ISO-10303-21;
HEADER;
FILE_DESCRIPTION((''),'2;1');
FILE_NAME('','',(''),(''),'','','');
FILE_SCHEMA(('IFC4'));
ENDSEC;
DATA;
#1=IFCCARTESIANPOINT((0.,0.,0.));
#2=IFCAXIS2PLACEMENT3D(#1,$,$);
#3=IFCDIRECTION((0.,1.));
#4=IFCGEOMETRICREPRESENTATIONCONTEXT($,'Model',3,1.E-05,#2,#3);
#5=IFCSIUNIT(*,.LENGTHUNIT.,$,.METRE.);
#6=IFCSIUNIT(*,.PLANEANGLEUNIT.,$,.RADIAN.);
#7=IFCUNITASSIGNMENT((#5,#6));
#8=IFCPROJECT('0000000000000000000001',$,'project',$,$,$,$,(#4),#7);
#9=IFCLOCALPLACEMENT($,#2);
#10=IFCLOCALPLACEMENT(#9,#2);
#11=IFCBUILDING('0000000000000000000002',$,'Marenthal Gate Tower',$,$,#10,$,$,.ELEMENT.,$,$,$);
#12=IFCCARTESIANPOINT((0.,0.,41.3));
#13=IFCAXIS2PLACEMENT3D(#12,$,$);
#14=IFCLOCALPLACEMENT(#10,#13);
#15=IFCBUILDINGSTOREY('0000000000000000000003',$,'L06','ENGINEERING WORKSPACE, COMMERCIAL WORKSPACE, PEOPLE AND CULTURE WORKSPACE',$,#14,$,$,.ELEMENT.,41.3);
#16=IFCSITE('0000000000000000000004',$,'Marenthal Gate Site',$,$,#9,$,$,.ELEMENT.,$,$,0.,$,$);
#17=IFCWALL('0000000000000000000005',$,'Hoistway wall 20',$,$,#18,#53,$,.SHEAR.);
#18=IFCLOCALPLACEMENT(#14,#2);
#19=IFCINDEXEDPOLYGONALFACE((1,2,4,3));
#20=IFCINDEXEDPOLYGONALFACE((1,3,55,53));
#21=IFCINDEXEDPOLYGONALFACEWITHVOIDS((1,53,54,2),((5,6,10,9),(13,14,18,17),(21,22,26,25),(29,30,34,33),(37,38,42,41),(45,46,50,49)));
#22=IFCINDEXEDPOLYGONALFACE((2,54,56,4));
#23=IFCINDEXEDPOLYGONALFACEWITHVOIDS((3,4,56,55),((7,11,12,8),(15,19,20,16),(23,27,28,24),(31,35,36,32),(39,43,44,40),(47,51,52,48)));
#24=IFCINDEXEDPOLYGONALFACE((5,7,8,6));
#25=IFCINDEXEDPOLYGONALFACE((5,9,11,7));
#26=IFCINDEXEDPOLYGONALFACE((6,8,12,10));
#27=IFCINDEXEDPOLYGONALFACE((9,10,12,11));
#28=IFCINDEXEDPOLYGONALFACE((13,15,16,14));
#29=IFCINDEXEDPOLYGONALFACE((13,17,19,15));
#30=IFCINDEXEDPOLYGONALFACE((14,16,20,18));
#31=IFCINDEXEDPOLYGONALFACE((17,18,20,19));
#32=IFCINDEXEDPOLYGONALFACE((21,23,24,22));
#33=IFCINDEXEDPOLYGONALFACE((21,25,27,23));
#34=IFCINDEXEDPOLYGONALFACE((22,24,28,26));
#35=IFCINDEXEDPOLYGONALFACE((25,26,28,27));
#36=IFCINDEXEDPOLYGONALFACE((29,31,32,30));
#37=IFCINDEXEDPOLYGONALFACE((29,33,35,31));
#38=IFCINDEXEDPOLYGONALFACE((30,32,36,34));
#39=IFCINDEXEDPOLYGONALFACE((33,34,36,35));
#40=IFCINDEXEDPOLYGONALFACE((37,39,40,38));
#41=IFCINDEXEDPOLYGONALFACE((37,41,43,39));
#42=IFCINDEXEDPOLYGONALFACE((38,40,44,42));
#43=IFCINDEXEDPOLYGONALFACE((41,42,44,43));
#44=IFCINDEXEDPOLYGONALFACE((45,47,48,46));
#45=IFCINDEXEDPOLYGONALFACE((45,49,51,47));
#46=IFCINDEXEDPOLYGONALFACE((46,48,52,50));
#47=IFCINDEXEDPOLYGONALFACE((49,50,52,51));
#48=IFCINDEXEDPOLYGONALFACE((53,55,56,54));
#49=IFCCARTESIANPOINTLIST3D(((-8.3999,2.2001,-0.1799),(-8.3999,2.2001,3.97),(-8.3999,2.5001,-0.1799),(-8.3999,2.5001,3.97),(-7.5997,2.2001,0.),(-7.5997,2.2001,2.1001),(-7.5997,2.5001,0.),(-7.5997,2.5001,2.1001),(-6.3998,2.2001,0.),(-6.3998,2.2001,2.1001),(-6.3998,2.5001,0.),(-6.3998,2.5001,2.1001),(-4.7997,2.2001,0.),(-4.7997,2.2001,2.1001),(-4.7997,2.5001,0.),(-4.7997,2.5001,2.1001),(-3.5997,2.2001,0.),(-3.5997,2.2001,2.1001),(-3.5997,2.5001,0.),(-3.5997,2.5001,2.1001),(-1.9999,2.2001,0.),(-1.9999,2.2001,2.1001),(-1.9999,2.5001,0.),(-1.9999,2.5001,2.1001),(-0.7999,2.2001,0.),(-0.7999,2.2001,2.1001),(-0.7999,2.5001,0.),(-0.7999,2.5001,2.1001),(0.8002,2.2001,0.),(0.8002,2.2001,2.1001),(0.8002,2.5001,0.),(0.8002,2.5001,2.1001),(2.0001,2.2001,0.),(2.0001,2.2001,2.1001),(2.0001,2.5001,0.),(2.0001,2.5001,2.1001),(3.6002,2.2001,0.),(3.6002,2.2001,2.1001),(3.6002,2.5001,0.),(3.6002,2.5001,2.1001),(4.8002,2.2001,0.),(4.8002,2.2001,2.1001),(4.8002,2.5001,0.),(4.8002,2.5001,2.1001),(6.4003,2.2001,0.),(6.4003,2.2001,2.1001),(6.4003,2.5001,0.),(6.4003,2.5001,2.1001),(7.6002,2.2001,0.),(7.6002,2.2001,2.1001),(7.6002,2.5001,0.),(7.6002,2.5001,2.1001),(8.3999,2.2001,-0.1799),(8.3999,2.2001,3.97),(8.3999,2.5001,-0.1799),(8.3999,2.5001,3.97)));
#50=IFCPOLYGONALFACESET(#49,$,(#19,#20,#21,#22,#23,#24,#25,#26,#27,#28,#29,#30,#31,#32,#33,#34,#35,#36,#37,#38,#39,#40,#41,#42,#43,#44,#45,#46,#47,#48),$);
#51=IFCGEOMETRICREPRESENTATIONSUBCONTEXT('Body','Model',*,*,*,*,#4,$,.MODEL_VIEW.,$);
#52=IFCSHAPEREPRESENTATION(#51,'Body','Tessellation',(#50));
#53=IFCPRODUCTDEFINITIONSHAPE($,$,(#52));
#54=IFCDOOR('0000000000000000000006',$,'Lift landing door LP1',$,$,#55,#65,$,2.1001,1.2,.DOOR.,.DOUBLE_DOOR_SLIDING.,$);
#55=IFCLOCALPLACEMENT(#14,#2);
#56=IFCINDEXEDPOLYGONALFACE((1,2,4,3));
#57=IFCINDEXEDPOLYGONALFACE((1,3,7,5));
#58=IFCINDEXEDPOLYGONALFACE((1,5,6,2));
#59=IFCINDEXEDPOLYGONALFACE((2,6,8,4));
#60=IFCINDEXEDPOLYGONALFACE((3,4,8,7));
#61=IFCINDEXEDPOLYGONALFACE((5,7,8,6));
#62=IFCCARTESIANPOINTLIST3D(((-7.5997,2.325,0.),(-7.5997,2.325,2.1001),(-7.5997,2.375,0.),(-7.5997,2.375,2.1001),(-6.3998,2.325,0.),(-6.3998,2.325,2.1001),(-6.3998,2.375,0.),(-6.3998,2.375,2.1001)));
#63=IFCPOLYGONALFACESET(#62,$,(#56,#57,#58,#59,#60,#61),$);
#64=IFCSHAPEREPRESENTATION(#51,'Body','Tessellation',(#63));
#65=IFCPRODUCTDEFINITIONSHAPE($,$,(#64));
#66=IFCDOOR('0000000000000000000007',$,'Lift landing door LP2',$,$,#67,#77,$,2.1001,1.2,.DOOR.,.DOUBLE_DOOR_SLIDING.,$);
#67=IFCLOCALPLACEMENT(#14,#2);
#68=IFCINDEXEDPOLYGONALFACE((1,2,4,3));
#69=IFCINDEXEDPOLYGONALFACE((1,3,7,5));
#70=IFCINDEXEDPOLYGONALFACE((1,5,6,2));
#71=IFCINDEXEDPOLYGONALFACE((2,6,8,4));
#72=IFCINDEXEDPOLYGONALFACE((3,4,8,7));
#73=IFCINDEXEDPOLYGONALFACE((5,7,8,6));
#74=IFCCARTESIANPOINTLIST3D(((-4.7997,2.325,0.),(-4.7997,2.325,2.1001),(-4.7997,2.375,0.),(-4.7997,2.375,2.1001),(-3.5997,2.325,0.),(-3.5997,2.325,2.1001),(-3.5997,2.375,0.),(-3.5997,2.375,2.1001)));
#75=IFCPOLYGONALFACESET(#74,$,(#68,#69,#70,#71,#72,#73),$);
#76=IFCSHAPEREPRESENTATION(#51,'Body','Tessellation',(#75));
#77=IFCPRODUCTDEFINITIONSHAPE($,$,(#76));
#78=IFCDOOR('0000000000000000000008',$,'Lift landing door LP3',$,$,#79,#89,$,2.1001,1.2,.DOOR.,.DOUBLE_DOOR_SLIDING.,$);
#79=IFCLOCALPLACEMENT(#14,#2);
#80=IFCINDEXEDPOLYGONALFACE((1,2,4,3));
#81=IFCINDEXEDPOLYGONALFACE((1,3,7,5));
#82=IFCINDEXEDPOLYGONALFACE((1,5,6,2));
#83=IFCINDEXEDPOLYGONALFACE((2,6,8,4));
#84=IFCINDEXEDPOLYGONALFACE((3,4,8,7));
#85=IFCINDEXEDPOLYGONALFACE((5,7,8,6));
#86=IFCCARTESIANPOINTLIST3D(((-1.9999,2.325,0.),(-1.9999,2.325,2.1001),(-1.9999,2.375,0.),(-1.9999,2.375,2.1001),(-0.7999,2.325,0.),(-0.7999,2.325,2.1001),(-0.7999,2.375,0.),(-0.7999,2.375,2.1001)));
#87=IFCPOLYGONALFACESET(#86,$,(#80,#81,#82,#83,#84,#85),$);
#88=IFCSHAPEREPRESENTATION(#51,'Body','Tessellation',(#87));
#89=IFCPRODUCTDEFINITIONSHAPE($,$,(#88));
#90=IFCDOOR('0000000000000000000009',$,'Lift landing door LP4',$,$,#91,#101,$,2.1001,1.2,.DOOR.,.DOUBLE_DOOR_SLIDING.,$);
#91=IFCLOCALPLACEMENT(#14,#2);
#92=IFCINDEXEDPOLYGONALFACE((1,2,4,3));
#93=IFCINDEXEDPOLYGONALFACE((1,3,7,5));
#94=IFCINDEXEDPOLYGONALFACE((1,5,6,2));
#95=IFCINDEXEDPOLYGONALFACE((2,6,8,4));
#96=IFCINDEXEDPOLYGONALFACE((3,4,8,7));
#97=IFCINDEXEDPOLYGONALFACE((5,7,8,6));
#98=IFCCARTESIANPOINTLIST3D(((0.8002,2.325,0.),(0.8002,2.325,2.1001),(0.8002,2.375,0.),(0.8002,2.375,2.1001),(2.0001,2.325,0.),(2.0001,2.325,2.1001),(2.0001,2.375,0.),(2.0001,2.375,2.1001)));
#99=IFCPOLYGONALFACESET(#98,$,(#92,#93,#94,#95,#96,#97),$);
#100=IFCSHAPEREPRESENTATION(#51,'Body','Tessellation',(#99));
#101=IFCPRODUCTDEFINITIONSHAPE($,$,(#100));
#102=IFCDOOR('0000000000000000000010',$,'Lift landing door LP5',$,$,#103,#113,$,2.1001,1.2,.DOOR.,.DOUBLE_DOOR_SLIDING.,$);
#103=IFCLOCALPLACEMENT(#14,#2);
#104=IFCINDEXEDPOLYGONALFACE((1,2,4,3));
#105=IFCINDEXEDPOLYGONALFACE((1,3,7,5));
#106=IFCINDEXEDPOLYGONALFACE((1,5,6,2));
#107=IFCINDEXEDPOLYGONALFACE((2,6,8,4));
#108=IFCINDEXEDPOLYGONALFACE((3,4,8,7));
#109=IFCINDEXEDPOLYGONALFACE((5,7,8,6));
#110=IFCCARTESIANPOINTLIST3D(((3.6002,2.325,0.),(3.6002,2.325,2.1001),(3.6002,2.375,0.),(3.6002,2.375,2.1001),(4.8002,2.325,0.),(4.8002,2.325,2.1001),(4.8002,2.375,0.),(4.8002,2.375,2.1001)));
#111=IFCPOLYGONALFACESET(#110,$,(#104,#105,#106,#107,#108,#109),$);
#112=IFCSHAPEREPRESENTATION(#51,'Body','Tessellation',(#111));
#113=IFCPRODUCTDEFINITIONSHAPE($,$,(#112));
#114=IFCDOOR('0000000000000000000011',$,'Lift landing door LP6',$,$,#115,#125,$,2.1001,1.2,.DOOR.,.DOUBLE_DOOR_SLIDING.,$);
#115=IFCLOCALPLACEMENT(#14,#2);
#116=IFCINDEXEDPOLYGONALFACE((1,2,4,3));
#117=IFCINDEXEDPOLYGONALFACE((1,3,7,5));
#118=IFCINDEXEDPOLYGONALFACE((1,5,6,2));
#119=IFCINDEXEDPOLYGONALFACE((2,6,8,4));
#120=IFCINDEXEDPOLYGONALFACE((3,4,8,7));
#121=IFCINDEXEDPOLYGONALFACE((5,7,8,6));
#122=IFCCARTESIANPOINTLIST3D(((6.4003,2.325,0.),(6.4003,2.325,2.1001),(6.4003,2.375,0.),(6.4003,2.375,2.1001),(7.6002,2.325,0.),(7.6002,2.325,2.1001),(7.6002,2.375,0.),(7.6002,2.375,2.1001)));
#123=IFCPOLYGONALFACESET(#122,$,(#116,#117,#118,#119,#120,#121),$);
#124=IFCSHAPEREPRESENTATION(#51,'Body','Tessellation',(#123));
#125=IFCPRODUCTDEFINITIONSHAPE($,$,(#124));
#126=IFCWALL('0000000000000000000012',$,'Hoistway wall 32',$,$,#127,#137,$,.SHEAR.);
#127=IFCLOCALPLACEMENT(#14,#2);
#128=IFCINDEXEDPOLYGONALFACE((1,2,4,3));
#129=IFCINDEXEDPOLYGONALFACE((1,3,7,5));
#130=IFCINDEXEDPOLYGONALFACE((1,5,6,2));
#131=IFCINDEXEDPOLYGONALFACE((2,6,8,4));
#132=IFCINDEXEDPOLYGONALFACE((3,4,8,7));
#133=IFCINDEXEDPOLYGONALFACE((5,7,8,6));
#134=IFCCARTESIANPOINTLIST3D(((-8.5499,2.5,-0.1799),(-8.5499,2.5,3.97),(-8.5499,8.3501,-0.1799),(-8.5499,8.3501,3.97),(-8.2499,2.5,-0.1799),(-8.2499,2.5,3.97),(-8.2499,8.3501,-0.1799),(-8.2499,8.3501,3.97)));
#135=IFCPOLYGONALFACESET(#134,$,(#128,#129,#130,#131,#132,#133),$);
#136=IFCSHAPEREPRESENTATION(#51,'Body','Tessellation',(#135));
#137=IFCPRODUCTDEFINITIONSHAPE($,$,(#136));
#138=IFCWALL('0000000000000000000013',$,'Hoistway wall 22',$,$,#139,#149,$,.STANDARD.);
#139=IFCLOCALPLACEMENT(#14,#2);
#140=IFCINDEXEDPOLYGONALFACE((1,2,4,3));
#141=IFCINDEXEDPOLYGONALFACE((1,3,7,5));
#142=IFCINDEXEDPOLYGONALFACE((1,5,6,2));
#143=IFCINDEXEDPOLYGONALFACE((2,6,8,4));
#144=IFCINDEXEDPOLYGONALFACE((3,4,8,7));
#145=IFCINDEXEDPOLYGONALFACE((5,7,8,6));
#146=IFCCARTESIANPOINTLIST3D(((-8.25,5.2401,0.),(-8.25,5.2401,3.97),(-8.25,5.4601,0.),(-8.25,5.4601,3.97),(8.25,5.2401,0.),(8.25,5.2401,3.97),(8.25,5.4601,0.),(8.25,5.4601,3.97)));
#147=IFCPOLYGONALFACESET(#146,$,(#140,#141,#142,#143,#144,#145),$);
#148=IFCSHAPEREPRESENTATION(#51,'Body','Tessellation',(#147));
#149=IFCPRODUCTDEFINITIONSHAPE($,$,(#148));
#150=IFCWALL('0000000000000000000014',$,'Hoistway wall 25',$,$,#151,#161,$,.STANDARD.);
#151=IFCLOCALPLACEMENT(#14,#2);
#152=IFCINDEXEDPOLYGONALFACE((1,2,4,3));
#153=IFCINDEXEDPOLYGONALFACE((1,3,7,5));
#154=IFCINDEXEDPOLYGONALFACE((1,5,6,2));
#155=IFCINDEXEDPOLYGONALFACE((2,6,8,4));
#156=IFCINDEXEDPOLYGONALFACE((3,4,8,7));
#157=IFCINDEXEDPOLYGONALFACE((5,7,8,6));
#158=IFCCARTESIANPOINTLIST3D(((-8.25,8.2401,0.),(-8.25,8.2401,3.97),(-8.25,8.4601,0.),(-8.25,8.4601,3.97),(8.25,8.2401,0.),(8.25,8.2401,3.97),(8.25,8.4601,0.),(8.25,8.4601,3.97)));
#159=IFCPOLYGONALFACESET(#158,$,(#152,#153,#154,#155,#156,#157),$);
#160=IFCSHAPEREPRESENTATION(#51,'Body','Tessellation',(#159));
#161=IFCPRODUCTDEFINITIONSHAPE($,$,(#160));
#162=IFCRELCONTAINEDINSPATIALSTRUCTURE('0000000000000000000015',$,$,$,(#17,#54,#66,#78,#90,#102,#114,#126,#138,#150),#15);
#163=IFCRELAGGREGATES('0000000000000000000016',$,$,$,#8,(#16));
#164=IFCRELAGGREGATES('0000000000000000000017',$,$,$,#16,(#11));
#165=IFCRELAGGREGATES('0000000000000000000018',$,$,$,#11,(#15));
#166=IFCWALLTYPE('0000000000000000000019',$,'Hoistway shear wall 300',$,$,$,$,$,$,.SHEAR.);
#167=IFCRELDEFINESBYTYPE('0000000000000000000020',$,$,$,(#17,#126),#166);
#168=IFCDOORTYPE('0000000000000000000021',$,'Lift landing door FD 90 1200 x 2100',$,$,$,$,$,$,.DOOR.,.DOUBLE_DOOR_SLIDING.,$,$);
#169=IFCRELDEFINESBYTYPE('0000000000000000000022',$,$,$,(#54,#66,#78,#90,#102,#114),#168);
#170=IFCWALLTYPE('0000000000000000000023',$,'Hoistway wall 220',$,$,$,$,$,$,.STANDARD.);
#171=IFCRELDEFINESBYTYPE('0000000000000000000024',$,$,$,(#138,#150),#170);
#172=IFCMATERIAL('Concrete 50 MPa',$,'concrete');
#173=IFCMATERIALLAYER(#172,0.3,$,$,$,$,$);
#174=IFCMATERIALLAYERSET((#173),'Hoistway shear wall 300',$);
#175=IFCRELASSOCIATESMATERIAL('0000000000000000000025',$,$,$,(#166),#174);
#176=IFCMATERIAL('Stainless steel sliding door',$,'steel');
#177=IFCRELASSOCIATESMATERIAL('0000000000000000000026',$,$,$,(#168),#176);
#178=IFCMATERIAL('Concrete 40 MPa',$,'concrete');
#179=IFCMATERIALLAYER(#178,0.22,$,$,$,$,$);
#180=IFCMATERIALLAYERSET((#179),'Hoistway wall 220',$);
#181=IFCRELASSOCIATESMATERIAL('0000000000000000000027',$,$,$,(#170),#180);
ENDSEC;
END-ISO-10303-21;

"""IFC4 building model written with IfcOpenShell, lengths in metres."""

from ifc_helpers import new_model, si_unit, direction, frame, frame_2d, origin, place, context, subcontext, project, spatial, rectangle, extrude, material, layer, layer_set, type_object, element, fill, save


model = new_model("IFC4")

# Units and contexts
model_context = context("Model", 3, precision=1e-05, world=origin(), true_north=direction((0.0, 1.0)))
body_context = subcontext(model_context, "Body", "Model", "MODEL_VIEW")
ifc_project = project(units=[si_unit("LENGTHUNIT", "METRE"), si_unit("PLANEANGLEUNIT", "RADIAN")], contexts=[model_context])

# Site, building, storey
site_placement = place(None, origin())
site = spatial("IfcSite", under=ifc_project, at=site_placement, Name="Marenthal Gate Site", CompositionType="ELEMENT", RefElevation=0.0)
building_placement = place(site_placement, origin())
building = spatial("IfcBuilding", under=site, at=building_placement, Name="Marenthal Gate Tower", CompositionType="ELEMENT")
storey_placement = place(building_placement, frame((0.0, 0.0, 41.3)))
storey = spatial("IfcBuildingStorey", under=building, at=storey_placement, Name="L06", Description="ENGINEERING WORKSPACE, COMMERCIAL WORKSPACE, PEOPLE AND CULTURE WORKSPACE", CompositionType="ELEMENT", Elevation=41.3)

# Wall, openings, doors
ifc_material_1 = material(Name="Concrete 50 MPa", Category="concrete")
ifc_layer_1 = layer(ifc_material_1, 0.3)
ifc_layer_set_1 = layer_set([ifc_layer_1], Name="Hoistway shear wall 300")
wall_type_1 = type_object("IfcWallType", Name="Hoistway shear wall 300", PredefinedType="SHEAR", material=ifc_layer_set_1)
wall_1_placement = place(storey_placement, frame((-8.3999, 2.3501, -0.1799), z_axis=(0.0, 0.0, 1.0), x_axis=(1.0, 0.0, 0.0)))
wall_1 = element("IfcWall", 1, at=wall_1_placement, inside=storey, type_object=wall_type_1, Name="Hoistway wall 20", PredefinedType="SHEAR", context=body_context, shape_type="SweptSolid", body=[
    extrude(rectangle(XDim=16.7998, YDim=0.3, at=frame_2d((8.3999, 0.0))), origin(), (0.0, 0.0, 1.0), 4.1499),
])
opening_1_placement = place(wall_1_placement, frame((0.8, 0.0, 0.1799)))
opening_1 = element("IfcOpeningElement", 2, at=opening_1_placement, cuts=wall_1, PredefinedType="OPENING", context=body_context, shape_type="SweptSolid", body=[
    extrude(rectangle(XDim=1.2, YDim=2.1001, at=frame_2d((0.6001, 1.05))), frame((0.0, 0.1602, 0.0), z_axis=(0.0, -1.0, 0.0), x_axis=(1.0, 0.0, 0.0)), (0.0, 0.0, 1.0), 0.3201),
])
opening_2_placement = place(wall_1_placement, frame((3.6001, 0.0, 0.1799)))
opening_2 = element("IfcOpeningElement", 3, at=opening_2_placement, cuts=wall_1, PredefinedType="OPENING", context=body_context, shape_type="SweptSolid", body=[
    extrude(rectangle(XDim=1.2, YDim=2.1001, at=frame_2d((0.6001, 1.05))), frame((0.0, 0.1602, 0.0), z_axis=(0.0, -1.0, 0.0), x_axis=(1.0, 0.0, 0.0)), (0.0, 0.0, 1.0), 0.3201),
])
opening_3_placement = place(wall_1_placement, frame((6.3999, 0.0, 0.1799)))
opening_3 = element("IfcOpeningElement", 4, at=opening_3_placement, cuts=wall_1, PredefinedType="OPENING", context=body_context, shape_type="SweptSolid", body=[
    extrude(rectangle(XDim=1.2, YDim=2.1001, at=frame_2d((0.6001, 1.05))), frame((0.0, 0.1602, 0.0), z_axis=(0.0, -1.0, 0.0), x_axis=(1.0, 0.0, 0.0)), (0.0, 0.0, 1.0), 0.3201),
])
opening_4_placement = place(wall_1_placement, frame((9.2, 0.0, 0.1799)))
opening_4 = element("IfcOpeningElement", 5, at=opening_4_placement, cuts=wall_1, PredefinedType="OPENING", context=body_context, shape_type="SweptSolid", body=[
    extrude(rectangle(XDim=1.2, YDim=2.1001, at=frame_2d((0.6001, 1.05))), frame((0.0, 0.1602, 0.0), z_axis=(0.0, -1.0, 0.0), x_axis=(1.0, 0.0, 0.0)), (0.0, 0.0, 1.0), 0.3201),
])
opening_5_placement = place(wall_1_placement, frame((12.0, 0.0, 0.1799)))
opening_5 = element("IfcOpeningElement", 6, at=opening_5_placement, cuts=wall_1, PredefinedType="OPENING", context=body_context, shape_type="SweptSolid", body=[
    extrude(rectangle(XDim=1.2, YDim=2.1001, at=frame_2d((0.6001, 1.05))), frame((0.0, 0.1602, 0.0), z_axis=(0.0, -1.0, 0.0), x_axis=(1.0, 0.0, 0.0)), (0.0, 0.0, 1.0), 0.3201),
])
opening_6_placement = place(wall_1_placement, frame((14.8, 0.0, 0.1799)))
opening_6 = element("IfcOpeningElement", 7, at=opening_6_placement, cuts=wall_1, PredefinedType="OPENING", context=body_context, shape_type="SweptSolid", body=[
    extrude(rectangle(XDim=1.2, YDim=2.1001, at=frame_2d((0.6001, 1.05))), frame((0.0, 0.1602, 0.0), z_axis=(0.0, -1.0, 0.0), x_axis=(1.0, 0.0, 0.0)), (0.0, 0.0, 1.0), 0.3201),
])
ifc_material_2 = material(Name="Stainless steel sliding door", Category="steel")
door_type_1 = type_object("IfcDoorType", Name="Lift landing door FD 90 1200 x 2100", OperationType="DOUBLE_DOOR_SLIDING", PredefinedType="DOOR", material=ifc_material_2)
door_1_placement = place(opening_1_placement, origin())
door_1 = element("IfcDoor", 8, at=door_1_placement, inside=storey, type_object=door_type_1, Name="Lift landing door LP1", OperationType="DOUBLE_DOOR_SLIDING", OverallHeight=2.1001, OverallWidth=1.2, PredefinedType="DOOR", context=body_context, shape_type="SweptSolid", body=[
    extrude(rectangle(XDim=1.2, YDim=2.1001, at=frame_2d((0.6001, 1.05))), frame((0.0, 0.0249, 0.0), z_axis=(0.0, -1.0, 0.0), x_axis=(1.0, 0.0, 0.0)), (0.0, 0.0, 1.0), 0.05),
])
fill(opening_1, door_1)
door_2_placement = place(opening_2_placement, origin())
door_2 = element("IfcDoor", 9, at=door_2_placement, inside=storey, type_object=door_type_1, Name="Lift landing door LP2", OperationType="DOUBLE_DOOR_SLIDING", OverallHeight=2.1001, OverallWidth=1.2, PredefinedType="DOOR", context=body_context, shape_type="SweptSolid", body=[
    extrude(rectangle(XDim=1.2, YDim=2.1001, at=frame_2d((0.6001, 1.05))), frame((0.0, 0.0249, 0.0), z_axis=(0.0, -1.0, 0.0), x_axis=(1.0, 0.0, 0.0)), (0.0, 0.0, 1.0), 0.05),
])
fill(opening_2, door_2)
door_3_placement = place(opening_3_placement, origin())
door_3 = element("IfcDoor", 10, at=door_3_placement, inside=storey, type_object=door_type_1, Name="Lift landing door LP3", OperationType="DOUBLE_DOOR_SLIDING", OverallHeight=2.1001, OverallWidth=1.2, PredefinedType="DOOR", context=body_context, shape_type="SweptSolid", body=[
    extrude(rectangle(XDim=1.2, YDim=2.1001, at=frame_2d((0.6001, 1.05))), frame((0.0, 0.0249, 0.0), z_axis=(0.0, -1.0, 0.0), x_axis=(1.0, 0.0, 0.0)), (0.0, 0.0, 1.0), 0.05),
])
fill(opening_3, door_3)
door_4_placement = place(opening_4_placement, origin())
door_4 = element("IfcDoor", 11, at=door_4_placement, inside=storey, type_object=door_type_1, Name="Lift landing door LP4", OperationType="DOUBLE_DOOR_SLIDING", OverallHeight=2.1001, OverallWidth=1.2, PredefinedType="DOOR", context=body_context, shape_type="SweptSolid", body=[
    extrude(rectangle(XDim=1.2, YDim=2.1001, at=frame_2d((0.6001, 1.05))), frame((0.0, 0.0249, 0.0), z_axis=(0.0, -1.0, 0.0), x_axis=(1.0, 0.0, 0.0)), (0.0, 0.0, 1.0), 0.05),
])
fill(opening_4, door_4)
door_5_placement = place(opening_5_placement, origin())
door_5 = element("IfcDoor", 12, at=door_5_placement, inside=storey, type_object=door_type_1, Name="Lift landing door LP5", OperationType="DOUBLE_DOOR_SLIDING", OverallHeight=2.1001, OverallWidth=1.2, PredefinedType="DOOR", context=body_context, shape_type="SweptSolid", body=[
    extrude(rectangle(XDim=1.2, YDim=2.1001, at=frame_2d((0.6001, 1.05))), frame((0.0, 0.0249, 0.0), z_axis=(0.0, -1.0, 0.0), x_axis=(1.0, 0.0, 0.0)), (0.0, 0.0, 1.0), 0.05),
])
fill(opening_5, door_5)
door_6_placement = place(opening_6_placement, origin())
door_6 = element("IfcDoor", 13, at=door_6_placement, inside=storey, type_object=door_type_1, Name="Lift landing door LP6", OperationType="DOUBLE_DOOR_SLIDING", OverallHeight=2.1001, OverallWidth=1.2, PredefinedType="DOOR", context=body_context, shape_type="SweptSolid", body=[
    extrude(rectangle(XDim=1.2, YDim=2.1001, at=frame_2d((0.6001, 1.05))), frame((0.0, 0.0249, 0.0), z_axis=(0.0, -1.0, 0.0), x_axis=(1.0, 0.0, 0.0)), (0.0, 0.0, 1.0), 0.05),
])
fill(opening_6, door_6)

# Walls
wall_2_placement = place(storey_placement, frame((-8.3999, 2.5, -0.1799), z_axis=(0.0, 0.0, 1.0), x_axis=(0.0, 1.0, 0.0)))
element("IfcWall", 14, at=wall_2_placement, inside=storey, type_object=wall_type_1, Name="Hoistway wall 32", PredefinedType="SHEAR", context=body_context, shape_type="SweptSolid", body=[
    extrude(rectangle(XDim=5.8501, YDim=0.3, at=frame_2d((2.925, 0.0))), origin(), (0.0, 0.0, 1.0), 4.1499),
])
ifc_material_3 = material(Name="Concrete 40 MPa", Category="concrete")
ifc_layer_2 = layer(ifc_material_3, 0.22)
ifc_layer_set_2 = layer_set([ifc_layer_2], Name="Hoistway wall 220")
wall_type_2 = type_object("IfcWallType", Name="Hoistway wall 220", PredefinedType="STANDARD", material=ifc_layer_set_2)
for number, where, z_axis, x_axis, name in (
    (15, (-8.25, 5.3501, 0.0), (0.0, 0.0, 1.0), (1.0, 0.0, 0.0), "Hoistway wall 22"),
    (16, (-8.25, 8.3501, 0.0), (0.0, 0.0, 1.0), (1.0, 0.0, 0.0), "Hoistway wall 25"),
):
    element("IfcWall", number, at=place(storey_placement, frame(where, z_axis=z_axis, x_axis=x_axis)), inside=storey, type_object=wall_type_2, Name=name, PredefinedType="STANDARD", context=body_context, shape_type="SweptSolid", body=[
        extrude(rectangle(XDim=16.5, YDim=0.22, at=frame_2d((8.25, 0.0))), origin(), (0.0, 0.0, 1.0), 3.97),
    ])

save(model, "model.ifc")
